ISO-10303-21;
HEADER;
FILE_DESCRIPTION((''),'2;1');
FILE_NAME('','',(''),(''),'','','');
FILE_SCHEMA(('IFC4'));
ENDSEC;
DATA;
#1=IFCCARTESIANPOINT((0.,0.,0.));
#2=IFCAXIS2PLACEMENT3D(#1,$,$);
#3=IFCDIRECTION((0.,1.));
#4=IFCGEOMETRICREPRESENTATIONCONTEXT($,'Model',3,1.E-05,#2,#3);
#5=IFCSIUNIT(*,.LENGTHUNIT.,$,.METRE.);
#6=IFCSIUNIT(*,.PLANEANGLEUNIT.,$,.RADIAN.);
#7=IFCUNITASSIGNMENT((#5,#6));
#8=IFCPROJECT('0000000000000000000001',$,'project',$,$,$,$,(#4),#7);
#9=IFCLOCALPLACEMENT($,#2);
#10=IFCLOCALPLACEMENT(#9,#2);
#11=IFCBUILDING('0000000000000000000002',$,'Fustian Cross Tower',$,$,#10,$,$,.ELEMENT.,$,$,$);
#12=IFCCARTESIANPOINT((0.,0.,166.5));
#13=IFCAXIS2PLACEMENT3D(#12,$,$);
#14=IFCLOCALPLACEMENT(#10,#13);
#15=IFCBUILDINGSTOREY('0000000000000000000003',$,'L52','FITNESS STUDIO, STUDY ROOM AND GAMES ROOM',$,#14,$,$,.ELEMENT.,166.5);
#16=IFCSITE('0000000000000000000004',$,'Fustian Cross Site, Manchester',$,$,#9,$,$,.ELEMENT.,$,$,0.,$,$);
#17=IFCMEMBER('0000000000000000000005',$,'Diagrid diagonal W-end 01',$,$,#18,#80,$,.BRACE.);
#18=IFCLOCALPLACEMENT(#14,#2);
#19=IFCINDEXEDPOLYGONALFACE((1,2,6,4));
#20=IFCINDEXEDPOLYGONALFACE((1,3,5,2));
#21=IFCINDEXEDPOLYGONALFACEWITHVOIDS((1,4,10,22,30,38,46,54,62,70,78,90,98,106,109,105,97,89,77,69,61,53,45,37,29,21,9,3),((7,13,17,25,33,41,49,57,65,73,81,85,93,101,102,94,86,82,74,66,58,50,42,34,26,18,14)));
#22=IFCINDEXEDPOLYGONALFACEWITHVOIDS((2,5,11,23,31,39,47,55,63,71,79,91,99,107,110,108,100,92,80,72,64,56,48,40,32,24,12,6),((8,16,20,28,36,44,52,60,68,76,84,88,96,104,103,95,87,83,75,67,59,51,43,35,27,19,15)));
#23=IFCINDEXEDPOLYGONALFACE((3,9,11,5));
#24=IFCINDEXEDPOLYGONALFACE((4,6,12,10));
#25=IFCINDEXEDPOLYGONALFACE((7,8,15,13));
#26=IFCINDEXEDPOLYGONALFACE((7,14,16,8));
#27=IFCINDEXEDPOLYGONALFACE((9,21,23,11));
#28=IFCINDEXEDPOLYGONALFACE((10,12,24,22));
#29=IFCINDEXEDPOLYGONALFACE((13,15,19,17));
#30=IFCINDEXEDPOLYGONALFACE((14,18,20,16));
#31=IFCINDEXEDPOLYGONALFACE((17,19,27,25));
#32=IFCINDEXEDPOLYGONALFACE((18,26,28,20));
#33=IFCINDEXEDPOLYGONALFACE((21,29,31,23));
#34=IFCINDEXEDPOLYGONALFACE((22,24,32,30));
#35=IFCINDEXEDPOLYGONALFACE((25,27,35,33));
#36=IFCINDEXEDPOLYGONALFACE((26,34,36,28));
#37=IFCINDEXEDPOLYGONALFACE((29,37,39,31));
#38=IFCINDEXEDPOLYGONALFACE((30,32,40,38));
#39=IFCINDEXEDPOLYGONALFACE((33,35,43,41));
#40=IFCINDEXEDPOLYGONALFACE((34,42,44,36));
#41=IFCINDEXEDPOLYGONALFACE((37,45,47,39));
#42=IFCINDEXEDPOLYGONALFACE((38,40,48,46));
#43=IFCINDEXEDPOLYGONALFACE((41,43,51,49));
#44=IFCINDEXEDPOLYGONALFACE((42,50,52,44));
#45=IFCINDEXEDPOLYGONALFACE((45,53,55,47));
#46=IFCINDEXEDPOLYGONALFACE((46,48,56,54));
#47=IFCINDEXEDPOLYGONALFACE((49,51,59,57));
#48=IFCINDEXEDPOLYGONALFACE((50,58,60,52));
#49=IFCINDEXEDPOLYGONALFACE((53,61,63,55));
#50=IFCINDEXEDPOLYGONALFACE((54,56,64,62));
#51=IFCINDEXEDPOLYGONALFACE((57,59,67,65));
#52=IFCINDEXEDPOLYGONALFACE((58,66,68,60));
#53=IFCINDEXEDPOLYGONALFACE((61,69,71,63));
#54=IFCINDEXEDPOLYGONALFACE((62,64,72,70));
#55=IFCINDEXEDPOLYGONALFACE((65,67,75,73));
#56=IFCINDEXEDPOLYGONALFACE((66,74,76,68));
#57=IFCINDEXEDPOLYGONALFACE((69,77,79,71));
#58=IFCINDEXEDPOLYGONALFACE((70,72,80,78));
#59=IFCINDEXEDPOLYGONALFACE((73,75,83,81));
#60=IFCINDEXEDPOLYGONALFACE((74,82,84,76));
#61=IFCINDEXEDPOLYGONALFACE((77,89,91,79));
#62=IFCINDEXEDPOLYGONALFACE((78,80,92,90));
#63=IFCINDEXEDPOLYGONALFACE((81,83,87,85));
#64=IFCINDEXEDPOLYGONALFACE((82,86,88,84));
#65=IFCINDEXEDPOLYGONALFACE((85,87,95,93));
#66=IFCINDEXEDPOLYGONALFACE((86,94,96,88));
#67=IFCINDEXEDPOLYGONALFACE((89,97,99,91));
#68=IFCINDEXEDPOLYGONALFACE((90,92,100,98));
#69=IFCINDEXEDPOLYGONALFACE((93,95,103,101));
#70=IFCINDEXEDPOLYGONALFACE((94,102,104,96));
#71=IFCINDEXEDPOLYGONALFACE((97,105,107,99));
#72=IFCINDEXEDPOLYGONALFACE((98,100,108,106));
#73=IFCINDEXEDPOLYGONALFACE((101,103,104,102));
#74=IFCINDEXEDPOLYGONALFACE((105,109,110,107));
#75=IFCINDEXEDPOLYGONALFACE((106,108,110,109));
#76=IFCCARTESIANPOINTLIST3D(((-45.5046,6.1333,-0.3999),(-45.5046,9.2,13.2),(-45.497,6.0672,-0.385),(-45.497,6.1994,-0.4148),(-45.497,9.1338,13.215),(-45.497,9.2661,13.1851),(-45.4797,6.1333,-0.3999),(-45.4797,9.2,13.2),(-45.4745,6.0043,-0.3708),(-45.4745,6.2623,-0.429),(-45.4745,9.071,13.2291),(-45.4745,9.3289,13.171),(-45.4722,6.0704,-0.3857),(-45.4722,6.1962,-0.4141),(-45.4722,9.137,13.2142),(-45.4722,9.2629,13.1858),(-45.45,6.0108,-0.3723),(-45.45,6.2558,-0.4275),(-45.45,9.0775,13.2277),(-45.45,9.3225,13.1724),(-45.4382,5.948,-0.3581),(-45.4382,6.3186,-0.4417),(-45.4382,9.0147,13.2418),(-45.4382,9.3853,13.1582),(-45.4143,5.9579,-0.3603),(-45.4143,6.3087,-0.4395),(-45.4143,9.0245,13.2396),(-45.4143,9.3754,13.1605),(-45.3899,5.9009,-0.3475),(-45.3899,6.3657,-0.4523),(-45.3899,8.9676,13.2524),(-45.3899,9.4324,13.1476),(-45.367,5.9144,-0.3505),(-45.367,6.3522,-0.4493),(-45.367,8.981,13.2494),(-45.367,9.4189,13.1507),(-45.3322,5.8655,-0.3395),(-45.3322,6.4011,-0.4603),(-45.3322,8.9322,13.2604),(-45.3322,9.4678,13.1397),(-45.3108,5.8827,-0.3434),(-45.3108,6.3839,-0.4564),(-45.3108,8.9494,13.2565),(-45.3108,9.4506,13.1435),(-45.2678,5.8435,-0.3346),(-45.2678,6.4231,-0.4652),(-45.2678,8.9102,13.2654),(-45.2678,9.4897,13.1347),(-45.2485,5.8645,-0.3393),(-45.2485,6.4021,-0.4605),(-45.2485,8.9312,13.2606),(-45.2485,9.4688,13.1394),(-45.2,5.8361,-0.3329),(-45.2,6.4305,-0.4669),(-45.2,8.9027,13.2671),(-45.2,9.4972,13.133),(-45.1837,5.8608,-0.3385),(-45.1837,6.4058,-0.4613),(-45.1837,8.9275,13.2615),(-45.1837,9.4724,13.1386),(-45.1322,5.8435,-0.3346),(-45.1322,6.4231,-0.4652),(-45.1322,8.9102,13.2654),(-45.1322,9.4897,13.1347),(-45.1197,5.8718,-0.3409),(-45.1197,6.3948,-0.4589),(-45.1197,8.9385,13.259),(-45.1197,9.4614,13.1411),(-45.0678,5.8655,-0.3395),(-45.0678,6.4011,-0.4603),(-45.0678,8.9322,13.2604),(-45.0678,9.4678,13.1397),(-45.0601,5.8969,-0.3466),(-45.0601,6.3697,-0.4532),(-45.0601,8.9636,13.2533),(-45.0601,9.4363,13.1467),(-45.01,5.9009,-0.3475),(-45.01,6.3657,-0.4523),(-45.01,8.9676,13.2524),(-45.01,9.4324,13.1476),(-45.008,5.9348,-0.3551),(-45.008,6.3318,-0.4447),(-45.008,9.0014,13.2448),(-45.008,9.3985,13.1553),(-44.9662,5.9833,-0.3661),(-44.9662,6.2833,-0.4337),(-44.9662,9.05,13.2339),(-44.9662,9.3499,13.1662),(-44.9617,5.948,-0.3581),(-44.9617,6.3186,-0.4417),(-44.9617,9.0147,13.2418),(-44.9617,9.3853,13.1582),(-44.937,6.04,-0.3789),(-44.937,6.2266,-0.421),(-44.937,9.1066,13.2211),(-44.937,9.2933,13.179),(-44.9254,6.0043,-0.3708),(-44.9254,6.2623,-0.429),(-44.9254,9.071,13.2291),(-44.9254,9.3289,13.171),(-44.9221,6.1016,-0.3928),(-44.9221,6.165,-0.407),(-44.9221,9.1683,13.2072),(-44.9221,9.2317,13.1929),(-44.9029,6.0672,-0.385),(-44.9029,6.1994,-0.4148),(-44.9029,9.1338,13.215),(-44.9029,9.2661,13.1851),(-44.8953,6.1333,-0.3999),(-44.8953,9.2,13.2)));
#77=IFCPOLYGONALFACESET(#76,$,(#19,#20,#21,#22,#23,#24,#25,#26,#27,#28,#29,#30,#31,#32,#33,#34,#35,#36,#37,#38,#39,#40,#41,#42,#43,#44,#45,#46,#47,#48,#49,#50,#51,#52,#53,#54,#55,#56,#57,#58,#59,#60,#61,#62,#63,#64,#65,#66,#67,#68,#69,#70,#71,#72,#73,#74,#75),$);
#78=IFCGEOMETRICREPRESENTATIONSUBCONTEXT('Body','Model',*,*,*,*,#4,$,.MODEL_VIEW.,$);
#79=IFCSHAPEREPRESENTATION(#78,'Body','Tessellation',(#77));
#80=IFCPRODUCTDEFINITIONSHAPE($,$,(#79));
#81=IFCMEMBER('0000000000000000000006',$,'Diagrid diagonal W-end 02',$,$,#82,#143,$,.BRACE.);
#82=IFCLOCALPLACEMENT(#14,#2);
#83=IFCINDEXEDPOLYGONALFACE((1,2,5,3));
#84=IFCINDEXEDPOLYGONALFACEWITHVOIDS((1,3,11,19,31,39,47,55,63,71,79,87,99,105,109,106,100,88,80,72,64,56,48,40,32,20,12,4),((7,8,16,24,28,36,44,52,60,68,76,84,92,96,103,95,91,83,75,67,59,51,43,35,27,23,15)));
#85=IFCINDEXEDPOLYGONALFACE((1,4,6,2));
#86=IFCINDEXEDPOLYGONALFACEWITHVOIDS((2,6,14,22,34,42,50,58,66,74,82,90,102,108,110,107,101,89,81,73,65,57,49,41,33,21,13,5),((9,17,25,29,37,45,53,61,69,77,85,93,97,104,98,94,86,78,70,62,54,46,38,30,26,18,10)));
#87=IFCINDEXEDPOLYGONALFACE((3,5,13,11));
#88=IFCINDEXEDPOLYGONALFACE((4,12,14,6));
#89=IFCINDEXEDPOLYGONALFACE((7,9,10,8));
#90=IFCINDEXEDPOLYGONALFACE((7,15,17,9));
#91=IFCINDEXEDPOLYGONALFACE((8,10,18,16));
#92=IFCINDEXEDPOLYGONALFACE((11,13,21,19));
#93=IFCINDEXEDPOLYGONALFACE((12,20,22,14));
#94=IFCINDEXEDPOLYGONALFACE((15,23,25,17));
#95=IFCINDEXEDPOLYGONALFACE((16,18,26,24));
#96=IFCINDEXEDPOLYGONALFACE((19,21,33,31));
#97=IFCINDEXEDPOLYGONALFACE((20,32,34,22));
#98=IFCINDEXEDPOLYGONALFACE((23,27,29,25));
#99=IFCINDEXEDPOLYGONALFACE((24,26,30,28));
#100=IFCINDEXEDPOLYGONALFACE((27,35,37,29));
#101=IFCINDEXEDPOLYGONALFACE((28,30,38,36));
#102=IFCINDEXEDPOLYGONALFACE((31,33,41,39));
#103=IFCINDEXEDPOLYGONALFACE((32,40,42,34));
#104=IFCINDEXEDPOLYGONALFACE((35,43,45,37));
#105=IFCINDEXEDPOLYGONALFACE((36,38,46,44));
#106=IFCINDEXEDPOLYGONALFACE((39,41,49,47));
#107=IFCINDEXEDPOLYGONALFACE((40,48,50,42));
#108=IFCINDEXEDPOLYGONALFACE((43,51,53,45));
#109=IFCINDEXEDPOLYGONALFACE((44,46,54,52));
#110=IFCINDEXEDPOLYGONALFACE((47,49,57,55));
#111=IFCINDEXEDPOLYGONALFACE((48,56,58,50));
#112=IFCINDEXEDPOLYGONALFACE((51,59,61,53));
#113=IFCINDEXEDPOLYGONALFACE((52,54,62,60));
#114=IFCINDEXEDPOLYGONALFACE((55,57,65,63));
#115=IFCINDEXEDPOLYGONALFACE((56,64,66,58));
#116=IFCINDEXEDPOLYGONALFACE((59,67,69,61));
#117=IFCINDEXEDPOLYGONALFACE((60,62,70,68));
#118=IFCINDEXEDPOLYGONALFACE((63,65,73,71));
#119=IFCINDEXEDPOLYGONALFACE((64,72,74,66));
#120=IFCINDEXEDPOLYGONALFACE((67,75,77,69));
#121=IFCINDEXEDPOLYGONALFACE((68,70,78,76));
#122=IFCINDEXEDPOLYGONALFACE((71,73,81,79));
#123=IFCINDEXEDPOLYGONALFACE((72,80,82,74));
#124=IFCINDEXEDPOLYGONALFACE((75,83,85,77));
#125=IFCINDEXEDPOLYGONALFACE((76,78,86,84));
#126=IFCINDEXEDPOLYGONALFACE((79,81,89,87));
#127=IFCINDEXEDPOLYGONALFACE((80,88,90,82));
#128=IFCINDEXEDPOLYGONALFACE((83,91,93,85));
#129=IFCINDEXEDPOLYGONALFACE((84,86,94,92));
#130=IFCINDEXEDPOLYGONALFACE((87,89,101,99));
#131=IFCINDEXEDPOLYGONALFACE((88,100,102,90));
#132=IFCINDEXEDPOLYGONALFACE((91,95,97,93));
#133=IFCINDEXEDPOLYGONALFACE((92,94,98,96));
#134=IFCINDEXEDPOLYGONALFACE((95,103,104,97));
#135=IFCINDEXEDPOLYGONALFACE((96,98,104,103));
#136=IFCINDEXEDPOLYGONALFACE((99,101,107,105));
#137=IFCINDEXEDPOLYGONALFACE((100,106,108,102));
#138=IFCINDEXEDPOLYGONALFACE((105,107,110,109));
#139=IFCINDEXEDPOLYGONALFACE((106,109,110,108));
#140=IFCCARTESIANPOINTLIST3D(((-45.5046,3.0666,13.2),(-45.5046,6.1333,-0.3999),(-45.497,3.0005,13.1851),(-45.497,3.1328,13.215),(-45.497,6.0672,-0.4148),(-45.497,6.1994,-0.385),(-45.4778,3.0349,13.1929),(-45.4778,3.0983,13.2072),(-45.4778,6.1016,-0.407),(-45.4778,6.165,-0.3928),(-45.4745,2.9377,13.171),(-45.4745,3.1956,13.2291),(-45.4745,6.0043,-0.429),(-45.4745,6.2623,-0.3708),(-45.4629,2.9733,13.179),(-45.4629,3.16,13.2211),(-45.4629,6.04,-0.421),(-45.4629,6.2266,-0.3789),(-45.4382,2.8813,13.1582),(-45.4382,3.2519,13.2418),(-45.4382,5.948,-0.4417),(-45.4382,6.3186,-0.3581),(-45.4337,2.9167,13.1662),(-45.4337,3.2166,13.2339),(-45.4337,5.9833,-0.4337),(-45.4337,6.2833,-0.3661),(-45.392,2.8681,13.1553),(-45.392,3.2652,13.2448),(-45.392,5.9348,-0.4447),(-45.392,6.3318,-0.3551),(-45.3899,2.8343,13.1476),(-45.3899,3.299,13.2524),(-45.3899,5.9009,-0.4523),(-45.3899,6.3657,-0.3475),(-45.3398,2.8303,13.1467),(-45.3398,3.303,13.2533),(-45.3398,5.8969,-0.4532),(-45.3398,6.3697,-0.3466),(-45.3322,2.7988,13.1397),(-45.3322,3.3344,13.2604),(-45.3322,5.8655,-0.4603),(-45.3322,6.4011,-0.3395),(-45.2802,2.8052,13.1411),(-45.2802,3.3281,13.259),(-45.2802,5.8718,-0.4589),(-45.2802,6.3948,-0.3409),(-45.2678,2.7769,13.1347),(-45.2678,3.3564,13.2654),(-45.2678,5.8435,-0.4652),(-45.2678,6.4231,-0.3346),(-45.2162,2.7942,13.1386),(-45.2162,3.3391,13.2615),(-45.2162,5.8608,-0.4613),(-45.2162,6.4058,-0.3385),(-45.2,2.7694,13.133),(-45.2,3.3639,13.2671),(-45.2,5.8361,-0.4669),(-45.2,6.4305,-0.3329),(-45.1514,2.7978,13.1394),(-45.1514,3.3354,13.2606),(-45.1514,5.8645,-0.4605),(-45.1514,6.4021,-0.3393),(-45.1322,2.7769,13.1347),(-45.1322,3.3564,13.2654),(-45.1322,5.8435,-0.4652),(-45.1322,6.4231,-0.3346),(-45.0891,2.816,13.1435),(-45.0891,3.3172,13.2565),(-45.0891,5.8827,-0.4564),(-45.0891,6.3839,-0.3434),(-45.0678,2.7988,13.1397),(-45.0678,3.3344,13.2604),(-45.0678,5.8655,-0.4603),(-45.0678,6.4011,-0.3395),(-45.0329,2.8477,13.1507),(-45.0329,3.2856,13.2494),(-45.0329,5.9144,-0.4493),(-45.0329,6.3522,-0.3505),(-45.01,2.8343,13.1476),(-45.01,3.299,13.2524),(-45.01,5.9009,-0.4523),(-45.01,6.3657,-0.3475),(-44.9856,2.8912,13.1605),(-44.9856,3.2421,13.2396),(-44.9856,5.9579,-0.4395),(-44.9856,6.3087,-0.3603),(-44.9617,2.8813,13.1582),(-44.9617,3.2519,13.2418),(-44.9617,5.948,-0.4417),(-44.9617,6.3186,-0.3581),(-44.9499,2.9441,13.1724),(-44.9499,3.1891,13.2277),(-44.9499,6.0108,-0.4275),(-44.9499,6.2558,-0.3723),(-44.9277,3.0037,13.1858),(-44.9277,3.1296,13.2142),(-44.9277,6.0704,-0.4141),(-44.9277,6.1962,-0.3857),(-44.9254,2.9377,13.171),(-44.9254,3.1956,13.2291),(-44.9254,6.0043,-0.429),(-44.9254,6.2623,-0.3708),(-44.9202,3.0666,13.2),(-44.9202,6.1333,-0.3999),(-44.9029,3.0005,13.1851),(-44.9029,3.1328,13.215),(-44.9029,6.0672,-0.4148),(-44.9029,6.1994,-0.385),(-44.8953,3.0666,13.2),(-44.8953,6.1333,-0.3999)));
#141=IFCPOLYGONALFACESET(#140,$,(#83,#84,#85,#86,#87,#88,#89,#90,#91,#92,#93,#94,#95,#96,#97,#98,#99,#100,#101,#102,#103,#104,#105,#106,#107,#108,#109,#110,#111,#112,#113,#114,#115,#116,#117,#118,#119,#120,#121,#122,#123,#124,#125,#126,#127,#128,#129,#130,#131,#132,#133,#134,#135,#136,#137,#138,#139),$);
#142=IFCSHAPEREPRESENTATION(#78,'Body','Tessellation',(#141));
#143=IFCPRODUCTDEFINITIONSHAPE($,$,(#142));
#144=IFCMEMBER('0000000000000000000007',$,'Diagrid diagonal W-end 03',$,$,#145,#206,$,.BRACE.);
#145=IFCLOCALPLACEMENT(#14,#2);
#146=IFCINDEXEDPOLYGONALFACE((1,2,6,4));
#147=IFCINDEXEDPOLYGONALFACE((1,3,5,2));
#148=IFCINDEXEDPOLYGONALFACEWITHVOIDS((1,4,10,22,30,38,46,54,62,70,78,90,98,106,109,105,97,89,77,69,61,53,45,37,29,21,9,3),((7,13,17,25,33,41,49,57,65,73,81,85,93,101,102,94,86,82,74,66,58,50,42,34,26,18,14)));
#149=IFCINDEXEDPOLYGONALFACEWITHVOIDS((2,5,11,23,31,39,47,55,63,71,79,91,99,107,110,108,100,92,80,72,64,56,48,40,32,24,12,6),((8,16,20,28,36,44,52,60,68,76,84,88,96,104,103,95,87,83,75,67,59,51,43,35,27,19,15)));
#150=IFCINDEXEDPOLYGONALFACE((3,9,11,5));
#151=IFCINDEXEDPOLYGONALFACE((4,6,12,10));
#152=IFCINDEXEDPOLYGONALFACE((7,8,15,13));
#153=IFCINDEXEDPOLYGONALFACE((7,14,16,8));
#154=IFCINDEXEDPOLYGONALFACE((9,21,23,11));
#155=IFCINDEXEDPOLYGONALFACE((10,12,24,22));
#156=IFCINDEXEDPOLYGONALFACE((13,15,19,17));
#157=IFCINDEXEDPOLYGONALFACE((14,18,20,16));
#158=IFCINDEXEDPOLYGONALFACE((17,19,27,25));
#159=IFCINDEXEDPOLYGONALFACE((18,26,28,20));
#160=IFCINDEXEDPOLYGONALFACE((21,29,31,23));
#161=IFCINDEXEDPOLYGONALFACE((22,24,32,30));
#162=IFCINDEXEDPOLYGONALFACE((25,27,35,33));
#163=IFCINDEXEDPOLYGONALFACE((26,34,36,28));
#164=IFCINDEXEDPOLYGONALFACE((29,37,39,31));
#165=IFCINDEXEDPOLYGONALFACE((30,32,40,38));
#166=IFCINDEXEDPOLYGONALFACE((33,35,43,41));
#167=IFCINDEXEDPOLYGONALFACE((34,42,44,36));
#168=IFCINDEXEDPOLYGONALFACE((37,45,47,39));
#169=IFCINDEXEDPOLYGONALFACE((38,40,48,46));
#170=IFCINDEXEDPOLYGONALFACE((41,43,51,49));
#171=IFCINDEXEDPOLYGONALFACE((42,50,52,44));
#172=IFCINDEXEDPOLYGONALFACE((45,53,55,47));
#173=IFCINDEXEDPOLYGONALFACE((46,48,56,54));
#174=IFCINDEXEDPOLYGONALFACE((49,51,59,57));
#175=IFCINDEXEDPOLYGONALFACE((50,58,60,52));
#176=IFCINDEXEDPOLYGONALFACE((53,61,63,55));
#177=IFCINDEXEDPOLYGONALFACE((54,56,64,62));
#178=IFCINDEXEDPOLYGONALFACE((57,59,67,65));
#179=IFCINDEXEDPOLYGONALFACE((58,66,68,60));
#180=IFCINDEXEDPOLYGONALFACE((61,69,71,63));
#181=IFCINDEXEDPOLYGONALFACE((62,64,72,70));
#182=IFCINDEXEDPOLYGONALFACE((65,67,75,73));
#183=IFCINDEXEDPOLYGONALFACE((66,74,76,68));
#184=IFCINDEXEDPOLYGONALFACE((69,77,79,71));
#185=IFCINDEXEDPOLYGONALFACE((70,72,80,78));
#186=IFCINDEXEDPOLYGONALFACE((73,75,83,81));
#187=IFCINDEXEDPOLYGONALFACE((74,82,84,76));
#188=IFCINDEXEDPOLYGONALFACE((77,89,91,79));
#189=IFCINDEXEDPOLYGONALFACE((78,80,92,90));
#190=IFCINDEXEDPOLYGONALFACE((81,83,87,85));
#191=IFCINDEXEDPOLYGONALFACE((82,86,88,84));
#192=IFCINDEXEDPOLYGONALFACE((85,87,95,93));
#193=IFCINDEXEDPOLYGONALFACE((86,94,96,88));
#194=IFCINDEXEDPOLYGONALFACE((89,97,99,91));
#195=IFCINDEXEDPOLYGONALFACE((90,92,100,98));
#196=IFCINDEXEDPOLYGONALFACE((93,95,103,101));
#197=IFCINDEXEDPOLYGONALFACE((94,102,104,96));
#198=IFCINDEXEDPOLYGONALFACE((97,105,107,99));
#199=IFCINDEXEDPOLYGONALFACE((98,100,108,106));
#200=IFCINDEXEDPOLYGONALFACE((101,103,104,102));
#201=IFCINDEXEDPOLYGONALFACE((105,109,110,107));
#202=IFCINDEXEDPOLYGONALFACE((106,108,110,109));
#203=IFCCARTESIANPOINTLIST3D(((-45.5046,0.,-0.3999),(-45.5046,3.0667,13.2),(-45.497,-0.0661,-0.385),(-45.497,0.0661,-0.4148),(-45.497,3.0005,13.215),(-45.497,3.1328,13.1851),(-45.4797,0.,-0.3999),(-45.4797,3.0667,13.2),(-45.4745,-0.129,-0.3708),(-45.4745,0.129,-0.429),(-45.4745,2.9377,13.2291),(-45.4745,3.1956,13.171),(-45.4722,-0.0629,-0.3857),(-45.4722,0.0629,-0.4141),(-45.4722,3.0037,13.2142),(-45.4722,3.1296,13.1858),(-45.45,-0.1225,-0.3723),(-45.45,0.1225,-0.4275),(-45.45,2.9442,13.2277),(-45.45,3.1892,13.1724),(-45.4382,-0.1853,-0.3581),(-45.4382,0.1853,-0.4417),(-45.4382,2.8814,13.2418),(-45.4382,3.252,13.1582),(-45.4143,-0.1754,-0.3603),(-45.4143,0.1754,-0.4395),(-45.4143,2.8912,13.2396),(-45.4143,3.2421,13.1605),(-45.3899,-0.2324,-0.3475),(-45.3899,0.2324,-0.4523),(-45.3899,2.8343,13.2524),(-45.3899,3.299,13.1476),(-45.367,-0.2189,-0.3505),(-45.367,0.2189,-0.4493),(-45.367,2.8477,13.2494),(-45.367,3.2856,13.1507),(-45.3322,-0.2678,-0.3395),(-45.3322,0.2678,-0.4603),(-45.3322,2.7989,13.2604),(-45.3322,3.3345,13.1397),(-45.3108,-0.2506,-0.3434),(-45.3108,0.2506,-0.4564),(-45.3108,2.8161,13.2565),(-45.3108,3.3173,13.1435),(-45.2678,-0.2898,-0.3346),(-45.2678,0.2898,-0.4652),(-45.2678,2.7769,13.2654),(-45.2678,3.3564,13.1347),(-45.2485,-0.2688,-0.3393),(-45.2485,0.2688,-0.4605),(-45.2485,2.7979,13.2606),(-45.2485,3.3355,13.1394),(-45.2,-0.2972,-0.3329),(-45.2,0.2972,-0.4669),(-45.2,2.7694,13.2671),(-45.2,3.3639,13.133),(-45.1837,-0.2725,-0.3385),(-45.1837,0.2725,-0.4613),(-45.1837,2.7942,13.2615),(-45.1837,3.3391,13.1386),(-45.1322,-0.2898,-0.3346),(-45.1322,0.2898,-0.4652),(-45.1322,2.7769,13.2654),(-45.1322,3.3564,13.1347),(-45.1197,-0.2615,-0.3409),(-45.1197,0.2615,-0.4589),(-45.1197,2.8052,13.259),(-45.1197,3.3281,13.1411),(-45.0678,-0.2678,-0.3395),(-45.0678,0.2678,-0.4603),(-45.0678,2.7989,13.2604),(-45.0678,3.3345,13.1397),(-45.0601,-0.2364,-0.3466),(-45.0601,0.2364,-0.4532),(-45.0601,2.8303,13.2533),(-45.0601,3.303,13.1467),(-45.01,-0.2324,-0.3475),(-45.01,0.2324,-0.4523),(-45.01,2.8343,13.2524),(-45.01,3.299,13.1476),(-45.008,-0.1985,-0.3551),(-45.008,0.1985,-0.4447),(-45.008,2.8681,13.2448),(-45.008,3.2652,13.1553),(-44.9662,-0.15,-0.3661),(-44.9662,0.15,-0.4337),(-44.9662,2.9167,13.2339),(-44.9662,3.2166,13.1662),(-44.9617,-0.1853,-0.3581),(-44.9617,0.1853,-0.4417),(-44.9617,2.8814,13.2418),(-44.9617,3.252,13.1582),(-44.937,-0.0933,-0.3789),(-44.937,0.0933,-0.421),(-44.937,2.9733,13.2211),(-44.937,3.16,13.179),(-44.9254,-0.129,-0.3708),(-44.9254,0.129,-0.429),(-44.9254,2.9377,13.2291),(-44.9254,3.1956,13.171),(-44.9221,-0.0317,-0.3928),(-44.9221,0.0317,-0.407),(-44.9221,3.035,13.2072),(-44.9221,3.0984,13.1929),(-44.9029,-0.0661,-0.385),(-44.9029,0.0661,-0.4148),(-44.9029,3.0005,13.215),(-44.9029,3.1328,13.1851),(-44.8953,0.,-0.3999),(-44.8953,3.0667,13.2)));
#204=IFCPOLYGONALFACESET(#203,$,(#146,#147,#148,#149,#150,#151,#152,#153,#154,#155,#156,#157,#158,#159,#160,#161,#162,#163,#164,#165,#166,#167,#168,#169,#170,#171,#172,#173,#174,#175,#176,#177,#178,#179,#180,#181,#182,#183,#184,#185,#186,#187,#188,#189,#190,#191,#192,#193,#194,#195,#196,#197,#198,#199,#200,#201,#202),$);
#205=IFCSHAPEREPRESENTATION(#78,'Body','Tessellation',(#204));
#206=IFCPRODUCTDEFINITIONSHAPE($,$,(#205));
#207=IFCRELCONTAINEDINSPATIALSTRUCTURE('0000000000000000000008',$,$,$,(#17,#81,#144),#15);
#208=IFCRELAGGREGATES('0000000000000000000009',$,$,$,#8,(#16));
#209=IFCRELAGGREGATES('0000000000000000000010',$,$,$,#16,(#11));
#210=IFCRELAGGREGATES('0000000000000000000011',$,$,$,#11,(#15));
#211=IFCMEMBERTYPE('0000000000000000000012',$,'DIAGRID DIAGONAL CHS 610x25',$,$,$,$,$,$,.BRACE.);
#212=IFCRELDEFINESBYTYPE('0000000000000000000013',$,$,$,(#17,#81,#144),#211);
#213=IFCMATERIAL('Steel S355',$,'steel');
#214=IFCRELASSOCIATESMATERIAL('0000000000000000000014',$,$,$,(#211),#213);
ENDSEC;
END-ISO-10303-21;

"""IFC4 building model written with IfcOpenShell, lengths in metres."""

from ifc_helpers import new_model, si_unit, direction, frame, origin, origin_2d, place, context, subcontext, project, spatial, hollow_circle, extrude, material, material_profile, profile_set, type_object, element, save


model = new_model("IFC4")

# Units and contexts
model_context = context("Model", 3, precision=1e-05, world=origin(), true_north=direction((0.0, 1.0)))
body_context = subcontext(model_context, "Body", "Model", "MODEL_VIEW")
ifc_project = project(units=[si_unit("LENGTHUNIT", "METRE"), si_unit("PLANEANGLEUNIT", "RADIAN")], contexts=[model_context])

# Site, building, storey
site_placement = place(None, origin())
site = spatial("IfcSite", under=ifc_project, at=site_placement, Name="Fustian Cross Site, Manchester", CompositionType="ELEMENT", RefElevation=0.0)
building_placement = place(site_placement, origin())
building = spatial("IfcBuilding", under=site, at=building_placement, Name="Fustian Cross Tower", CompositionType="ELEMENT")
storey_placement = place(building_placement, frame((0.0, 0.0, 166.5)))
storey = spatial("IfcBuildingStorey", under=building, at=storey_placement, Name="L52", Description="FITNESS STUDIO, STUDY ROOM AND GAMES ROOM", CompositionType="ELEMENT", Elevation=166.5)

# Members
ifc_material_1 = material(Name="Steel S355", Category="steel")
ifc_material_profile_1 = material_profile(ifc_material_1, hollow_circle(Radius=0.3047, WallThickness=0.0249, at=origin_2d()), Name="CHS 610x25")
ifc_profile_set_1 = profile_set([ifc_material_profile_1], Name="Steel S355")
member_type_1 = type_object("IfcMemberType", Name="DIAGRID DIAGONAL CHS 610x25", PredefinedType="BRACE", material=ifc_profile_set_1)
for number, where, z_axis, x_axis, name in (
    (1, (-45.2, 6.1333, -0.3999), (0.0, 0.219968, 0.975507), (-1.0, 0.0, 0.0), "Diagrid diagonal W-end 01"),
    (2, (-45.2, 6.1333, -0.3999), (0.0, -0.219968, 0.975507), (1.0, 0.0, 0.0), "Diagrid diagonal W-end 02"),
    (3, (-45.2, 0.0, -0.3999), (0.0, 0.219968, 0.975507), (-1.0, 0.0, 0.0), "Diagrid diagonal W-end 03"),
):
    element("IfcMember", number, at=place(storey_placement, frame(where, z_axis=z_axis, x_axis=x_axis)), inside=storey, type_object=member_type_1, Name=name, PredefinedType="BRACE", context=body_context, shape_type="SweptSolid", body=[
        extrude(hollow_circle(Radius=0.3047, WallThickness=0.0249, at=origin_2d()), origin(), (0.0, 0.0, 1.0), 13.9414),
    ])

save(model, "model.ifc")
